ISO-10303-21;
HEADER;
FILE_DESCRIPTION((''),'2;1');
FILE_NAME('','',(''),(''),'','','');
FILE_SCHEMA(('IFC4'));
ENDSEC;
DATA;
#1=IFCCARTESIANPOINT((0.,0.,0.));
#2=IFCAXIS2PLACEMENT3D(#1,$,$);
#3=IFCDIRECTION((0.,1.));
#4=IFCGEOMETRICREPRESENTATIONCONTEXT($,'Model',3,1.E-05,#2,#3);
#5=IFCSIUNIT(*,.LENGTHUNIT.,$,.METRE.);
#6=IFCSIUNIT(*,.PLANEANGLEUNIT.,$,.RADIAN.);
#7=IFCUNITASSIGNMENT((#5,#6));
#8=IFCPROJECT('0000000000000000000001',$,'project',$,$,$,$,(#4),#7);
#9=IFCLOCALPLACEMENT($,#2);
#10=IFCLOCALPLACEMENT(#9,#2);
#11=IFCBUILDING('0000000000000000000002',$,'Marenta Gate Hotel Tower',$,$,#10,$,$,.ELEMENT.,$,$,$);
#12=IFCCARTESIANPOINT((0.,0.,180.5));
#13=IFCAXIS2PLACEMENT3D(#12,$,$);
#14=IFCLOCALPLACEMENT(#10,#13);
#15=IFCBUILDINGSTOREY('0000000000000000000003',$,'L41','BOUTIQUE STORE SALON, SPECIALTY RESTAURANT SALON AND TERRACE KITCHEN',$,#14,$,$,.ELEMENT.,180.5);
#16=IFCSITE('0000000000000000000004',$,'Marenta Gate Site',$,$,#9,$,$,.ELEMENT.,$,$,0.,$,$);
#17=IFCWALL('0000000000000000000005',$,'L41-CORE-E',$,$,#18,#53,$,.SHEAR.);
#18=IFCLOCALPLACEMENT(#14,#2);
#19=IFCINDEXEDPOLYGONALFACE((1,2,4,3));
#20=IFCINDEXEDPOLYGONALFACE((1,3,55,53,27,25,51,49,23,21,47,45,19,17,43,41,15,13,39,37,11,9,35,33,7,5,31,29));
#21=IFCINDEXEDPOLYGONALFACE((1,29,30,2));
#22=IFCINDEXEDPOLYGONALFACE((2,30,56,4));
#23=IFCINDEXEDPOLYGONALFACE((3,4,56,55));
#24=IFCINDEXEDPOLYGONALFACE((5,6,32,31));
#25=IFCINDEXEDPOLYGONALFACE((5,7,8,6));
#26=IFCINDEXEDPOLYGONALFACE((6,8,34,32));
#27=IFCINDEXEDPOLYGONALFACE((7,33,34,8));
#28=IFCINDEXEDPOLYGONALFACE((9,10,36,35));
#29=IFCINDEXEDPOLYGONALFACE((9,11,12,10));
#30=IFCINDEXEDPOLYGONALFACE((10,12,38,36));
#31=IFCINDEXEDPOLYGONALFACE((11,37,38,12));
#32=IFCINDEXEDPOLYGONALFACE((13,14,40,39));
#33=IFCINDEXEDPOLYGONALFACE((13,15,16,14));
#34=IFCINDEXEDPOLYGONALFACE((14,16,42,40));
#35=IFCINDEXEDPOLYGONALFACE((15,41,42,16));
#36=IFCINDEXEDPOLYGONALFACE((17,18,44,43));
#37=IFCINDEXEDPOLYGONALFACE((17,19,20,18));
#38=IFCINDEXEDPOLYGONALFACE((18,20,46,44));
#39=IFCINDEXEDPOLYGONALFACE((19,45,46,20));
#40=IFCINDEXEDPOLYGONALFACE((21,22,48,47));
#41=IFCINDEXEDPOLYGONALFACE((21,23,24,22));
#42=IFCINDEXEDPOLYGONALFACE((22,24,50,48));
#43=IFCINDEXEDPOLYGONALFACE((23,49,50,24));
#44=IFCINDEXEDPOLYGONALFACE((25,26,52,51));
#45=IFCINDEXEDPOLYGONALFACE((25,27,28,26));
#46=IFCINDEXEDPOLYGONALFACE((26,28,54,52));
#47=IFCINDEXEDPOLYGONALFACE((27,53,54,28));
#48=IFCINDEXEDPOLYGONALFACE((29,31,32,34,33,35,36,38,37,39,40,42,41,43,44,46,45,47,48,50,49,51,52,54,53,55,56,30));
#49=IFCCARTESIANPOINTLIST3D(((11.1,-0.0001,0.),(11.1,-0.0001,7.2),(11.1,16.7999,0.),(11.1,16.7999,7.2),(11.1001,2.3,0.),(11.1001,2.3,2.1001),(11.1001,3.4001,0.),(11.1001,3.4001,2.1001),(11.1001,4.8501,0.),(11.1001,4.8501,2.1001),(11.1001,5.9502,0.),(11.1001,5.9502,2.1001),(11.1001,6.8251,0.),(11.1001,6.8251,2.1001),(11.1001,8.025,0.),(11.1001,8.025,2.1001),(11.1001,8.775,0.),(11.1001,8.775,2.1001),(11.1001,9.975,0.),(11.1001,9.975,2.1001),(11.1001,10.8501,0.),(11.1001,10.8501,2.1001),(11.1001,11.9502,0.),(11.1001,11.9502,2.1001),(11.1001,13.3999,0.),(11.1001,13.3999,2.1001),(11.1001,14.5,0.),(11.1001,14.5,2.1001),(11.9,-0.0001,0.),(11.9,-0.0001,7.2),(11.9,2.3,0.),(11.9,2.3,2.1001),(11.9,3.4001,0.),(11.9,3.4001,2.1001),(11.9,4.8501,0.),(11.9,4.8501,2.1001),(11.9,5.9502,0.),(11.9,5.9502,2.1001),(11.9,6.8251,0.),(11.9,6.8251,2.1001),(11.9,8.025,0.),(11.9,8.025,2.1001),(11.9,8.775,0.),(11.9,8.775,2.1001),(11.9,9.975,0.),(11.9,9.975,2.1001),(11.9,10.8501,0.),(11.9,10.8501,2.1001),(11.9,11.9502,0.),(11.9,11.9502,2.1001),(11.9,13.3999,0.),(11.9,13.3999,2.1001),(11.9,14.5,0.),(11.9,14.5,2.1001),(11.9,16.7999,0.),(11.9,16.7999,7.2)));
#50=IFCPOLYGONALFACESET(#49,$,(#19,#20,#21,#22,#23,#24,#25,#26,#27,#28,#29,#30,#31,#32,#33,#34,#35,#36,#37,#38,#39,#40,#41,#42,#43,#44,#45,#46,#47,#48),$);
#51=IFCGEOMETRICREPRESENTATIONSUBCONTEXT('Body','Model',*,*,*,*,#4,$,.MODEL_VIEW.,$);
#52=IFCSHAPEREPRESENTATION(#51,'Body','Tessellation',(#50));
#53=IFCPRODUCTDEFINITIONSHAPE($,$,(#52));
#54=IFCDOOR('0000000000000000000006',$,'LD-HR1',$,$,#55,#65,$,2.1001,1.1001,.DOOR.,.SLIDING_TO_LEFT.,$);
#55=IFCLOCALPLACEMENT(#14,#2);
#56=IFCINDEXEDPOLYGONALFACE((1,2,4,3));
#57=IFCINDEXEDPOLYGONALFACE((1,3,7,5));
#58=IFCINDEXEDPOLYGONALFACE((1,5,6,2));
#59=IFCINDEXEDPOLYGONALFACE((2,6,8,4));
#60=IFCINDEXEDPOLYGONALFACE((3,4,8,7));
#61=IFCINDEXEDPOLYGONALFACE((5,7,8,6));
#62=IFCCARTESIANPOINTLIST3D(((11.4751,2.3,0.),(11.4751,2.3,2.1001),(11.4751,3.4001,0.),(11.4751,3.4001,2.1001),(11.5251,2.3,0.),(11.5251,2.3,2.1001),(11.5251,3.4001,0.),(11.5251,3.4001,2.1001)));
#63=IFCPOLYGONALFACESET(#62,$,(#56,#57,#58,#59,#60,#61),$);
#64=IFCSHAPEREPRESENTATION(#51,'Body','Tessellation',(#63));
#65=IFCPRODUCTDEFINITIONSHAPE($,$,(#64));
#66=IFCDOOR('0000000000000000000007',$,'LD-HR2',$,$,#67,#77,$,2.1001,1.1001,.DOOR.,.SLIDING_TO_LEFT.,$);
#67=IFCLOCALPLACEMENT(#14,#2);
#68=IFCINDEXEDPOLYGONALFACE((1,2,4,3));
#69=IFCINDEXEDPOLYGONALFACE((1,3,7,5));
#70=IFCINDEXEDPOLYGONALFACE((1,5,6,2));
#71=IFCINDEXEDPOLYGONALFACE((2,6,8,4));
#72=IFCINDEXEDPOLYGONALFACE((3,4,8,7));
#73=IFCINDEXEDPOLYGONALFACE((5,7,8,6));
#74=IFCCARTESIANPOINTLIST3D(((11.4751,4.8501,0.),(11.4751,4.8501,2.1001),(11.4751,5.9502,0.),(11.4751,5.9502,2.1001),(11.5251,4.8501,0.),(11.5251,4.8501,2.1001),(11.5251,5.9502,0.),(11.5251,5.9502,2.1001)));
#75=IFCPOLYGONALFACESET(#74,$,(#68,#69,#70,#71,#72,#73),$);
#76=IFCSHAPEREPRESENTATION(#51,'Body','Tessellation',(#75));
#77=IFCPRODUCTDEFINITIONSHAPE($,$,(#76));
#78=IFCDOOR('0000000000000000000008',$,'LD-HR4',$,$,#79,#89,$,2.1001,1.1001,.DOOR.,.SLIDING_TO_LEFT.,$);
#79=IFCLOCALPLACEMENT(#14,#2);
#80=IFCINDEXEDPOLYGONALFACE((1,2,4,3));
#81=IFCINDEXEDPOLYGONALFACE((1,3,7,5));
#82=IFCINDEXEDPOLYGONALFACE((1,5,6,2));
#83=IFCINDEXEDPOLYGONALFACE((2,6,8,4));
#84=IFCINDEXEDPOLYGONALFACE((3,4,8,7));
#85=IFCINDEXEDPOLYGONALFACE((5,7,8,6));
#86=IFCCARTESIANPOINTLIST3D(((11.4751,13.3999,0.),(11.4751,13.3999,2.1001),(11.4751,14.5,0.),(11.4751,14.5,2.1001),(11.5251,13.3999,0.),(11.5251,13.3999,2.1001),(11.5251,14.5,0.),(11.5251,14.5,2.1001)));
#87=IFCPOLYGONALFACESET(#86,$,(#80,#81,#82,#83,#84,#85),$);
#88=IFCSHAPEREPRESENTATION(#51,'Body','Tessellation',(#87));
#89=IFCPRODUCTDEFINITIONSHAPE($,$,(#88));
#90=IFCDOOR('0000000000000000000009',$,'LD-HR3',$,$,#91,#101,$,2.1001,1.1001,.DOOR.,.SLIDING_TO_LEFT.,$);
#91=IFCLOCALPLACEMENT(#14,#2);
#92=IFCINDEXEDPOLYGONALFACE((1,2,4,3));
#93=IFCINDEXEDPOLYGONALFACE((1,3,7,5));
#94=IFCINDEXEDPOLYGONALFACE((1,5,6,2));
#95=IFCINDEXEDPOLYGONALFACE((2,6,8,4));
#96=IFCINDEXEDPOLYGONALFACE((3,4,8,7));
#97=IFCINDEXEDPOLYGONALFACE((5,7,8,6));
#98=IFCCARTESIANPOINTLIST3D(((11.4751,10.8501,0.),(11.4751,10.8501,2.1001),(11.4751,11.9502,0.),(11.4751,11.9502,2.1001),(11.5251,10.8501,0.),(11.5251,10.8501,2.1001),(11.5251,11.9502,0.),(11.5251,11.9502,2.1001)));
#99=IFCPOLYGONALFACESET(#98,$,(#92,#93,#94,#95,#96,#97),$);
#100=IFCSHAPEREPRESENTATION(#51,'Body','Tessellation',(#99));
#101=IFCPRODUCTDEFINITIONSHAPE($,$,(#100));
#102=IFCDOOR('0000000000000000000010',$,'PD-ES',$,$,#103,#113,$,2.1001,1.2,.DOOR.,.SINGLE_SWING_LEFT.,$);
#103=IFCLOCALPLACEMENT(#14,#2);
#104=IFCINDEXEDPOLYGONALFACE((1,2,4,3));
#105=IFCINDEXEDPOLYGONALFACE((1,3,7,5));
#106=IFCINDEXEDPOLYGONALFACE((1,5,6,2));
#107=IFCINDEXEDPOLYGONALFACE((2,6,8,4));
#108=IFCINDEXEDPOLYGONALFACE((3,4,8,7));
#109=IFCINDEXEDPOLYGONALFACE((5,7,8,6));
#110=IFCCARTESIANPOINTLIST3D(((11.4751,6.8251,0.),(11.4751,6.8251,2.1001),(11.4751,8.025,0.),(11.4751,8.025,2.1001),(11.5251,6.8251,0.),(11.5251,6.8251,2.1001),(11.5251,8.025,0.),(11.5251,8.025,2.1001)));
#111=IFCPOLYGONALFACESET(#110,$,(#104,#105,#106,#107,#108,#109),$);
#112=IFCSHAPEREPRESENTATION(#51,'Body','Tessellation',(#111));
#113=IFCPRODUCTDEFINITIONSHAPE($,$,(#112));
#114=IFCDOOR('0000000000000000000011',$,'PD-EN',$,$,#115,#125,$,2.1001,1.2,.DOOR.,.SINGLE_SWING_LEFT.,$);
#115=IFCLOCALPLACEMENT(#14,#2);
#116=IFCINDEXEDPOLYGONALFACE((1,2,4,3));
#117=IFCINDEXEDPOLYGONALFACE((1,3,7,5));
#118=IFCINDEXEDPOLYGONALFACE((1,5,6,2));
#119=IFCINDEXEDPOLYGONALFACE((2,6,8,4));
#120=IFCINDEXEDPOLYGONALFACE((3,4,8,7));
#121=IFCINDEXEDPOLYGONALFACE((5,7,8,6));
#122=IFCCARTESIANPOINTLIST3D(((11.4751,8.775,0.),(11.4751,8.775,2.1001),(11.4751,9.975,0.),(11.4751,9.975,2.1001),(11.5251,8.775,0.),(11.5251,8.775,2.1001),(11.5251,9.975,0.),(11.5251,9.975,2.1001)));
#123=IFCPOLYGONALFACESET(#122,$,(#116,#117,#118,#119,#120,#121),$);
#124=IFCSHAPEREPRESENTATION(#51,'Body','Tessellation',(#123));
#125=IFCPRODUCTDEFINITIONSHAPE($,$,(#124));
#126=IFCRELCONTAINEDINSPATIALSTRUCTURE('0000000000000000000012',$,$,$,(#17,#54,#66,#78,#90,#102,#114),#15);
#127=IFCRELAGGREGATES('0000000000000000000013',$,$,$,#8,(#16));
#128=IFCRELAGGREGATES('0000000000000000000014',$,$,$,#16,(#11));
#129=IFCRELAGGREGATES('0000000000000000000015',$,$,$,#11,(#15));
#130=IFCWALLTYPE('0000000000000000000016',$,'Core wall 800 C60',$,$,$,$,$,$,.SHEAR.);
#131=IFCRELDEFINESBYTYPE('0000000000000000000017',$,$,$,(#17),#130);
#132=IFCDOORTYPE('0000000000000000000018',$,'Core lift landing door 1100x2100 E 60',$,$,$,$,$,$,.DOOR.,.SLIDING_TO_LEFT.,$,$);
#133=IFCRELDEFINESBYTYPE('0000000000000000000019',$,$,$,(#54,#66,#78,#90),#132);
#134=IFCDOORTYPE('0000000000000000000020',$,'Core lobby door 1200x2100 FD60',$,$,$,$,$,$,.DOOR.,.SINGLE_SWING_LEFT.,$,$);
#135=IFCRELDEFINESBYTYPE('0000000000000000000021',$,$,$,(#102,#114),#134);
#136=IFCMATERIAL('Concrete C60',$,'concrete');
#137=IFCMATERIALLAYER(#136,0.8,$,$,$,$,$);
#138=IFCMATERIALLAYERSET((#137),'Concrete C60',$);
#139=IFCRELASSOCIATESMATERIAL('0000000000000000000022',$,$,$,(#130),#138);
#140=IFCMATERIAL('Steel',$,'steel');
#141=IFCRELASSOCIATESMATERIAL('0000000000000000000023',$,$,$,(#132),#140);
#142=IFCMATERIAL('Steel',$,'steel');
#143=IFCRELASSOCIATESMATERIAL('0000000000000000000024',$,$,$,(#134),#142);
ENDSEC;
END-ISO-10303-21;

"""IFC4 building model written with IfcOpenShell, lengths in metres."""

from ifc_helpers import new_model, si_unit, direction, frame, frame_2d, origin, place, context, subcontext, project, spatial, rectangle, extrude, material, layer, layer_set, type_object, element, fill, save


model = new_model("IFC4")

# Units and contexts
model_context = context("Model", 3, precision=1e-05, world=origin(), true_north=direction((0.0, 1.0)))
body_context = subcontext(model_context, "Body", "Model", "MODEL_VIEW")
ifc_project = project(units=[si_unit("LENGTHUNIT", "METRE"), si_unit("PLANEANGLEUNIT", "RADIAN")], contexts=[model_context])

# Site, building, storey
site_placement = place(None, origin())
site = spatial("IfcSite", under=ifc_project, at=site_placement, Name="Marenta Gate Site", CompositionType="ELEMENT", RefElevation=0.0)
building_placement = place(site_placement, origin())
building = spatial("IfcBuilding", under=site, at=building_placement, Name="Marenta Gate Hotel Tower", CompositionType="ELEMENT")
storey_placement = place(building_placement, frame((0.0, 0.0, 180.5)))
storey = spatial("IfcBuildingStorey", under=building, at=storey_placement, Name="L41", Description="BOUTIQUE STORE SALON, SPECIALTY RESTAURANT SALON AND TERRACE KITCHEN", CompositionType="ELEMENT", Elevation=180.5)

# Wall, openings, doors
ifc_material_1 = material(Name="Concrete C60", Category="concrete")
ifc_layer_1 = layer(ifc_material_1, 0.8)
ifc_layer_set_1 = layer_set([ifc_layer_1], Name="Concrete C60")
wall_type_1 = type_object("IfcWallType", Name="Core wall 800 C60", PredefinedType="SHEAR", material=ifc_layer_set_1)
wall_1_placement = place(storey_placement, frame((11.5, 0.0, 0.0), z_axis=(0.0, 0.0, 1.0), x_axis=(0.0, 1.0, 0.0)))
wall_1 = element("IfcWall", 1, at=wall_1_placement, inside=storey, type_object=wall_type_1, Name="L41-CORE-E", PredefinedType="SHEAR", context=body_context, shape_type="SweptSolid", body=[
    extrude(rectangle(XDim=16.8, YDim=0.8, at=frame_2d((8.3999, 0.0))), origin(), (0.0, 0.0, 1.0), 7.2),
])
opening_1_placement = place(wall_1_placement, frame((2.3, 0.0, 0.0)))
opening_1 = element("IfcOpeningElement", 2, at=opening_1_placement, cuts=wall_1, PredefinedType="OPENING", context=body_context, shape_type="SweptSolid", body=[
    extrude(rectangle(XDim=1.1001, YDim=2.1001, at=frame_2d((0.55, 1.05))), frame((0.0, 0.3999, 0.0), z_axis=(0.0, -1.0, 0.0), x_axis=(1.0, 0.0, 0.0)), (0.0, 0.0, 1.0), 0.8),
])
opening_2_placement = place(wall_1_placement, frame((4.8501, 0.0, 0.0)))
opening_2 = element("IfcOpeningElement", 3, at=opening_2_placement, cuts=wall_1, PredefinedType="OPENING", context=body_context, shape_type="SweptSolid", body=[
    extrude(rectangle(XDim=1.1001, YDim=2.1001, at=frame_2d((0.55, 1.05))), frame((0.0, 0.3999, 0.0), z_axis=(0.0, -1.0, 0.0), x_axis=(1.0, 0.0, 0.0)), (0.0, 0.0, 1.0), 0.8),
])
opening_3_placement = place(wall_1_placement, frame((6.825, 0.0, 0.0)))
opening_3 = element("IfcOpeningElement", 4, at=opening_3_placement, cuts=wall_1, PredefinedType="OPENING", context=body_context, shape_type="SweptSolid", body=[
    extrude(rectangle(XDim=1.2, YDim=2.1001, at=frame_2d((0.6001, 1.05))), frame((0.0, 0.3999, 0.0), z_axis=(0.0, -1.0, 0.0), x_axis=(1.0, 0.0, 0.0)), (0.0, 0.0, 1.0), 0.8),
])
opening_4_placement = place(wall_1_placement, frame((13.3999, 0.0, 0.0)))
opening_4 = element("IfcOpeningElement", 5, at=opening_4_placement, cuts=wall_1, PredefinedType="OPENING", context=body_context, shape_type="SweptSolid", body=[
    extrude(rectangle(XDim=1.1001, YDim=2.1001, at=frame_2d((0.55, 1.05))), frame((0.0, 0.3999, 0.0), z_axis=(0.0, -1.0, 0.0), x_axis=(1.0, 0.0, 0.0)), (0.0, 0.0, 1.0), 0.8),
])
opening_5_placement = place(wall_1_placement, frame((10.8501, 0.0, 0.0)))
opening_5 = element("IfcOpeningElement", 6, at=opening_5_placement, cuts=wall_1, PredefinedType="OPENING", context=body_context, shape_type="SweptSolid", body=[
    extrude(rectangle(XDim=1.1001, YDim=2.1001, at=frame_2d((0.55, 1.05))), frame((0.0, 0.3999, 0.0), z_axis=(0.0, -1.0, 0.0), x_axis=(1.0, 0.0, 0.0)), (0.0, 0.0, 1.0), 0.8),
])
opening_6_placement = place(wall_1_placement, frame((8.7749, 0.0, 0.0)))
opening_6 = element("IfcOpeningElement", 7, at=opening_6_placement, cuts=wall_1, PredefinedType="OPENING", context=body_context, shape_type="SweptSolid", body=[
    extrude(rectangle(XDim=1.2, YDim=2.1001, at=frame_2d((0.6001, 1.05))), frame((0.0, 0.3999, 0.0), z_axis=(0.0, -1.0, 0.0), x_axis=(1.0, 0.0, 0.0)), (0.0, 0.0, 1.0), 0.8),
])
ifc_material_2 = material(Name="Steel", Category="steel")
door_type_1 = type_object("IfcDoorType", Name="Core lift landing door 1100x2100 E 60", OperationType="SLIDING_TO_LEFT", PredefinedType="DOOR", material=ifc_material_2)
door_1_placement = place(opening_1_placement, origin())
door_1 = element("IfcDoor", 8, at=door_1_placement, inside=storey, type_object=door_type_1, Name="LD-HR1", OperationType="SLIDING_TO_LEFT", OverallHeight=2.1001, OverallWidth=1.1001, PredefinedType="DOOR", context=body_context, shape_type="SweptSolid", body=[
    extrude(rectangle(XDim=1.1001, YDim=2.1001, at=frame_2d((0.55, 1.05))), frame((0.0, 0.0249, 0.0), z_axis=(0.0, -1.0, 0.0), x_axis=(1.0, 0.0, 0.0)), (0.0, 0.0, 1.0), 0.05),
])
fill(opening_1, door_1)
door_2_placement = place(opening_2_placement, origin())
door_2 = element("IfcDoor", 9, at=door_2_placement, inside=storey, type_object=door_type_1, Name="LD-HR2", OperationType="SLIDING_TO_LEFT", OverallHeight=2.1001, OverallWidth=1.1001, PredefinedType="DOOR", context=body_context, shape_type="SweptSolid", body=[
    extrude(rectangle(XDim=1.1001, YDim=2.1001, at=frame_2d((0.55, 1.05))), frame((0.0, 0.0249, 0.0), z_axis=(0.0, -1.0, 0.0), x_axis=(1.0, 0.0, 0.0)), (0.0, 0.0, 1.0), 0.05),
])
fill(opening_2, door_2)
door_3_placement = place(opening_4_placement, origin())
door_3 = element("IfcDoor", 10, at=door_3_placement, inside=storey, type_object=door_type_1, Name="LD-HR4", OperationType="SLIDING_TO_LEFT", OverallHeight=2.1001, OverallWidth=1.1001, PredefinedType="DOOR", context=body_context, shape_type="SweptSolid", body=[
    extrude(rectangle(XDim=1.1001, YDim=2.1001, at=frame_2d((0.55, 1.05))), frame((0.0, 0.0249, 0.0), z_axis=(0.0, -1.0, 0.0), x_axis=(1.0, 0.0, 0.0)), (0.0, 0.0, 1.0), 0.05),
])
fill(opening_4, door_3)
door_4_placement = place(opening_5_placement, origin())
door_4 = element("IfcDoor", 11, at=door_4_placement, inside=storey, type_object=door_type_1, Name="LD-HR3", OperationType="SLIDING_TO_LEFT", OverallHeight=2.1001, OverallWidth=1.1001, PredefinedType="DOOR", context=body_context, shape_type="SweptSolid", body=[
    extrude(rectangle(XDim=1.1001, YDim=2.1001, at=frame_2d((0.55, 1.05))), frame((0.0, 0.0249, 0.0), z_axis=(0.0, -1.0, 0.0), x_axis=(1.0, 0.0, 0.0)), (0.0, 0.0, 1.0), 0.05),
])
fill(opening_5, door_4)
ifc_material_3 = material(Name="Steel", Category="steel")
door_type_2 = type_object("IfcDoorType", Name="Core lobby door 1200x2100 FD60", OperationType="SINGLE_SWING_LEFT", PredefinedType="DOOR", material=ifc_material_3)
door_5_placement = place(opening_3_placement, origin())
door_5 = element("IfcDoor", 12, at=door_5_placement, inside=storey, type_object=door_type_2, Name="PD-ES", OperationType="SINGLE_SWING_LEFT", OverallHeight=2.1001, OverallWidth=1.2, PredefinedType="DOOR", context=body_context, shape_type="SweptSolid", body=[
    extrude(rectangle(XDim=1.2, YDim=2.1001, at=frame_2d((0.6001, 1.05))), frame((0.0, 0.0249, 0.0), z_axis=(0.0, -1.0, 0.0), x_axis=(1.0, 0.0, 0.0)), (0.0, 0.0, 1.0), 0.05),
])
fill(opening_3, door_5)
door_6_placement = place(opening_6_placement, origin())
door_6 = element("IfcDoor", 13, at=door_6_placement, inside=storey, type_object=door_type_2, Name="PD-EN", OperationType="SINGLE_SWING_LEFT", OverallHeight=2.1001, OverallWidth=1.2, PredefinedType="DOOR", context=body_context, shape_type="SweptSolid", body=[
    extrude(rectangle(XDim=1.2, YDim=2.1001, at=frame_2d((0.6001, 1.05))), frame((0.0, 0.0249, 0.0), z_axis=(0.0, -1.0, 0.0), x_axis=(1.0, 0.0, 0.0)), (0.0, 0.0, 1.0), 0.05),
])
fill(opening_6, door_6)

save(model, "model.ifc")
